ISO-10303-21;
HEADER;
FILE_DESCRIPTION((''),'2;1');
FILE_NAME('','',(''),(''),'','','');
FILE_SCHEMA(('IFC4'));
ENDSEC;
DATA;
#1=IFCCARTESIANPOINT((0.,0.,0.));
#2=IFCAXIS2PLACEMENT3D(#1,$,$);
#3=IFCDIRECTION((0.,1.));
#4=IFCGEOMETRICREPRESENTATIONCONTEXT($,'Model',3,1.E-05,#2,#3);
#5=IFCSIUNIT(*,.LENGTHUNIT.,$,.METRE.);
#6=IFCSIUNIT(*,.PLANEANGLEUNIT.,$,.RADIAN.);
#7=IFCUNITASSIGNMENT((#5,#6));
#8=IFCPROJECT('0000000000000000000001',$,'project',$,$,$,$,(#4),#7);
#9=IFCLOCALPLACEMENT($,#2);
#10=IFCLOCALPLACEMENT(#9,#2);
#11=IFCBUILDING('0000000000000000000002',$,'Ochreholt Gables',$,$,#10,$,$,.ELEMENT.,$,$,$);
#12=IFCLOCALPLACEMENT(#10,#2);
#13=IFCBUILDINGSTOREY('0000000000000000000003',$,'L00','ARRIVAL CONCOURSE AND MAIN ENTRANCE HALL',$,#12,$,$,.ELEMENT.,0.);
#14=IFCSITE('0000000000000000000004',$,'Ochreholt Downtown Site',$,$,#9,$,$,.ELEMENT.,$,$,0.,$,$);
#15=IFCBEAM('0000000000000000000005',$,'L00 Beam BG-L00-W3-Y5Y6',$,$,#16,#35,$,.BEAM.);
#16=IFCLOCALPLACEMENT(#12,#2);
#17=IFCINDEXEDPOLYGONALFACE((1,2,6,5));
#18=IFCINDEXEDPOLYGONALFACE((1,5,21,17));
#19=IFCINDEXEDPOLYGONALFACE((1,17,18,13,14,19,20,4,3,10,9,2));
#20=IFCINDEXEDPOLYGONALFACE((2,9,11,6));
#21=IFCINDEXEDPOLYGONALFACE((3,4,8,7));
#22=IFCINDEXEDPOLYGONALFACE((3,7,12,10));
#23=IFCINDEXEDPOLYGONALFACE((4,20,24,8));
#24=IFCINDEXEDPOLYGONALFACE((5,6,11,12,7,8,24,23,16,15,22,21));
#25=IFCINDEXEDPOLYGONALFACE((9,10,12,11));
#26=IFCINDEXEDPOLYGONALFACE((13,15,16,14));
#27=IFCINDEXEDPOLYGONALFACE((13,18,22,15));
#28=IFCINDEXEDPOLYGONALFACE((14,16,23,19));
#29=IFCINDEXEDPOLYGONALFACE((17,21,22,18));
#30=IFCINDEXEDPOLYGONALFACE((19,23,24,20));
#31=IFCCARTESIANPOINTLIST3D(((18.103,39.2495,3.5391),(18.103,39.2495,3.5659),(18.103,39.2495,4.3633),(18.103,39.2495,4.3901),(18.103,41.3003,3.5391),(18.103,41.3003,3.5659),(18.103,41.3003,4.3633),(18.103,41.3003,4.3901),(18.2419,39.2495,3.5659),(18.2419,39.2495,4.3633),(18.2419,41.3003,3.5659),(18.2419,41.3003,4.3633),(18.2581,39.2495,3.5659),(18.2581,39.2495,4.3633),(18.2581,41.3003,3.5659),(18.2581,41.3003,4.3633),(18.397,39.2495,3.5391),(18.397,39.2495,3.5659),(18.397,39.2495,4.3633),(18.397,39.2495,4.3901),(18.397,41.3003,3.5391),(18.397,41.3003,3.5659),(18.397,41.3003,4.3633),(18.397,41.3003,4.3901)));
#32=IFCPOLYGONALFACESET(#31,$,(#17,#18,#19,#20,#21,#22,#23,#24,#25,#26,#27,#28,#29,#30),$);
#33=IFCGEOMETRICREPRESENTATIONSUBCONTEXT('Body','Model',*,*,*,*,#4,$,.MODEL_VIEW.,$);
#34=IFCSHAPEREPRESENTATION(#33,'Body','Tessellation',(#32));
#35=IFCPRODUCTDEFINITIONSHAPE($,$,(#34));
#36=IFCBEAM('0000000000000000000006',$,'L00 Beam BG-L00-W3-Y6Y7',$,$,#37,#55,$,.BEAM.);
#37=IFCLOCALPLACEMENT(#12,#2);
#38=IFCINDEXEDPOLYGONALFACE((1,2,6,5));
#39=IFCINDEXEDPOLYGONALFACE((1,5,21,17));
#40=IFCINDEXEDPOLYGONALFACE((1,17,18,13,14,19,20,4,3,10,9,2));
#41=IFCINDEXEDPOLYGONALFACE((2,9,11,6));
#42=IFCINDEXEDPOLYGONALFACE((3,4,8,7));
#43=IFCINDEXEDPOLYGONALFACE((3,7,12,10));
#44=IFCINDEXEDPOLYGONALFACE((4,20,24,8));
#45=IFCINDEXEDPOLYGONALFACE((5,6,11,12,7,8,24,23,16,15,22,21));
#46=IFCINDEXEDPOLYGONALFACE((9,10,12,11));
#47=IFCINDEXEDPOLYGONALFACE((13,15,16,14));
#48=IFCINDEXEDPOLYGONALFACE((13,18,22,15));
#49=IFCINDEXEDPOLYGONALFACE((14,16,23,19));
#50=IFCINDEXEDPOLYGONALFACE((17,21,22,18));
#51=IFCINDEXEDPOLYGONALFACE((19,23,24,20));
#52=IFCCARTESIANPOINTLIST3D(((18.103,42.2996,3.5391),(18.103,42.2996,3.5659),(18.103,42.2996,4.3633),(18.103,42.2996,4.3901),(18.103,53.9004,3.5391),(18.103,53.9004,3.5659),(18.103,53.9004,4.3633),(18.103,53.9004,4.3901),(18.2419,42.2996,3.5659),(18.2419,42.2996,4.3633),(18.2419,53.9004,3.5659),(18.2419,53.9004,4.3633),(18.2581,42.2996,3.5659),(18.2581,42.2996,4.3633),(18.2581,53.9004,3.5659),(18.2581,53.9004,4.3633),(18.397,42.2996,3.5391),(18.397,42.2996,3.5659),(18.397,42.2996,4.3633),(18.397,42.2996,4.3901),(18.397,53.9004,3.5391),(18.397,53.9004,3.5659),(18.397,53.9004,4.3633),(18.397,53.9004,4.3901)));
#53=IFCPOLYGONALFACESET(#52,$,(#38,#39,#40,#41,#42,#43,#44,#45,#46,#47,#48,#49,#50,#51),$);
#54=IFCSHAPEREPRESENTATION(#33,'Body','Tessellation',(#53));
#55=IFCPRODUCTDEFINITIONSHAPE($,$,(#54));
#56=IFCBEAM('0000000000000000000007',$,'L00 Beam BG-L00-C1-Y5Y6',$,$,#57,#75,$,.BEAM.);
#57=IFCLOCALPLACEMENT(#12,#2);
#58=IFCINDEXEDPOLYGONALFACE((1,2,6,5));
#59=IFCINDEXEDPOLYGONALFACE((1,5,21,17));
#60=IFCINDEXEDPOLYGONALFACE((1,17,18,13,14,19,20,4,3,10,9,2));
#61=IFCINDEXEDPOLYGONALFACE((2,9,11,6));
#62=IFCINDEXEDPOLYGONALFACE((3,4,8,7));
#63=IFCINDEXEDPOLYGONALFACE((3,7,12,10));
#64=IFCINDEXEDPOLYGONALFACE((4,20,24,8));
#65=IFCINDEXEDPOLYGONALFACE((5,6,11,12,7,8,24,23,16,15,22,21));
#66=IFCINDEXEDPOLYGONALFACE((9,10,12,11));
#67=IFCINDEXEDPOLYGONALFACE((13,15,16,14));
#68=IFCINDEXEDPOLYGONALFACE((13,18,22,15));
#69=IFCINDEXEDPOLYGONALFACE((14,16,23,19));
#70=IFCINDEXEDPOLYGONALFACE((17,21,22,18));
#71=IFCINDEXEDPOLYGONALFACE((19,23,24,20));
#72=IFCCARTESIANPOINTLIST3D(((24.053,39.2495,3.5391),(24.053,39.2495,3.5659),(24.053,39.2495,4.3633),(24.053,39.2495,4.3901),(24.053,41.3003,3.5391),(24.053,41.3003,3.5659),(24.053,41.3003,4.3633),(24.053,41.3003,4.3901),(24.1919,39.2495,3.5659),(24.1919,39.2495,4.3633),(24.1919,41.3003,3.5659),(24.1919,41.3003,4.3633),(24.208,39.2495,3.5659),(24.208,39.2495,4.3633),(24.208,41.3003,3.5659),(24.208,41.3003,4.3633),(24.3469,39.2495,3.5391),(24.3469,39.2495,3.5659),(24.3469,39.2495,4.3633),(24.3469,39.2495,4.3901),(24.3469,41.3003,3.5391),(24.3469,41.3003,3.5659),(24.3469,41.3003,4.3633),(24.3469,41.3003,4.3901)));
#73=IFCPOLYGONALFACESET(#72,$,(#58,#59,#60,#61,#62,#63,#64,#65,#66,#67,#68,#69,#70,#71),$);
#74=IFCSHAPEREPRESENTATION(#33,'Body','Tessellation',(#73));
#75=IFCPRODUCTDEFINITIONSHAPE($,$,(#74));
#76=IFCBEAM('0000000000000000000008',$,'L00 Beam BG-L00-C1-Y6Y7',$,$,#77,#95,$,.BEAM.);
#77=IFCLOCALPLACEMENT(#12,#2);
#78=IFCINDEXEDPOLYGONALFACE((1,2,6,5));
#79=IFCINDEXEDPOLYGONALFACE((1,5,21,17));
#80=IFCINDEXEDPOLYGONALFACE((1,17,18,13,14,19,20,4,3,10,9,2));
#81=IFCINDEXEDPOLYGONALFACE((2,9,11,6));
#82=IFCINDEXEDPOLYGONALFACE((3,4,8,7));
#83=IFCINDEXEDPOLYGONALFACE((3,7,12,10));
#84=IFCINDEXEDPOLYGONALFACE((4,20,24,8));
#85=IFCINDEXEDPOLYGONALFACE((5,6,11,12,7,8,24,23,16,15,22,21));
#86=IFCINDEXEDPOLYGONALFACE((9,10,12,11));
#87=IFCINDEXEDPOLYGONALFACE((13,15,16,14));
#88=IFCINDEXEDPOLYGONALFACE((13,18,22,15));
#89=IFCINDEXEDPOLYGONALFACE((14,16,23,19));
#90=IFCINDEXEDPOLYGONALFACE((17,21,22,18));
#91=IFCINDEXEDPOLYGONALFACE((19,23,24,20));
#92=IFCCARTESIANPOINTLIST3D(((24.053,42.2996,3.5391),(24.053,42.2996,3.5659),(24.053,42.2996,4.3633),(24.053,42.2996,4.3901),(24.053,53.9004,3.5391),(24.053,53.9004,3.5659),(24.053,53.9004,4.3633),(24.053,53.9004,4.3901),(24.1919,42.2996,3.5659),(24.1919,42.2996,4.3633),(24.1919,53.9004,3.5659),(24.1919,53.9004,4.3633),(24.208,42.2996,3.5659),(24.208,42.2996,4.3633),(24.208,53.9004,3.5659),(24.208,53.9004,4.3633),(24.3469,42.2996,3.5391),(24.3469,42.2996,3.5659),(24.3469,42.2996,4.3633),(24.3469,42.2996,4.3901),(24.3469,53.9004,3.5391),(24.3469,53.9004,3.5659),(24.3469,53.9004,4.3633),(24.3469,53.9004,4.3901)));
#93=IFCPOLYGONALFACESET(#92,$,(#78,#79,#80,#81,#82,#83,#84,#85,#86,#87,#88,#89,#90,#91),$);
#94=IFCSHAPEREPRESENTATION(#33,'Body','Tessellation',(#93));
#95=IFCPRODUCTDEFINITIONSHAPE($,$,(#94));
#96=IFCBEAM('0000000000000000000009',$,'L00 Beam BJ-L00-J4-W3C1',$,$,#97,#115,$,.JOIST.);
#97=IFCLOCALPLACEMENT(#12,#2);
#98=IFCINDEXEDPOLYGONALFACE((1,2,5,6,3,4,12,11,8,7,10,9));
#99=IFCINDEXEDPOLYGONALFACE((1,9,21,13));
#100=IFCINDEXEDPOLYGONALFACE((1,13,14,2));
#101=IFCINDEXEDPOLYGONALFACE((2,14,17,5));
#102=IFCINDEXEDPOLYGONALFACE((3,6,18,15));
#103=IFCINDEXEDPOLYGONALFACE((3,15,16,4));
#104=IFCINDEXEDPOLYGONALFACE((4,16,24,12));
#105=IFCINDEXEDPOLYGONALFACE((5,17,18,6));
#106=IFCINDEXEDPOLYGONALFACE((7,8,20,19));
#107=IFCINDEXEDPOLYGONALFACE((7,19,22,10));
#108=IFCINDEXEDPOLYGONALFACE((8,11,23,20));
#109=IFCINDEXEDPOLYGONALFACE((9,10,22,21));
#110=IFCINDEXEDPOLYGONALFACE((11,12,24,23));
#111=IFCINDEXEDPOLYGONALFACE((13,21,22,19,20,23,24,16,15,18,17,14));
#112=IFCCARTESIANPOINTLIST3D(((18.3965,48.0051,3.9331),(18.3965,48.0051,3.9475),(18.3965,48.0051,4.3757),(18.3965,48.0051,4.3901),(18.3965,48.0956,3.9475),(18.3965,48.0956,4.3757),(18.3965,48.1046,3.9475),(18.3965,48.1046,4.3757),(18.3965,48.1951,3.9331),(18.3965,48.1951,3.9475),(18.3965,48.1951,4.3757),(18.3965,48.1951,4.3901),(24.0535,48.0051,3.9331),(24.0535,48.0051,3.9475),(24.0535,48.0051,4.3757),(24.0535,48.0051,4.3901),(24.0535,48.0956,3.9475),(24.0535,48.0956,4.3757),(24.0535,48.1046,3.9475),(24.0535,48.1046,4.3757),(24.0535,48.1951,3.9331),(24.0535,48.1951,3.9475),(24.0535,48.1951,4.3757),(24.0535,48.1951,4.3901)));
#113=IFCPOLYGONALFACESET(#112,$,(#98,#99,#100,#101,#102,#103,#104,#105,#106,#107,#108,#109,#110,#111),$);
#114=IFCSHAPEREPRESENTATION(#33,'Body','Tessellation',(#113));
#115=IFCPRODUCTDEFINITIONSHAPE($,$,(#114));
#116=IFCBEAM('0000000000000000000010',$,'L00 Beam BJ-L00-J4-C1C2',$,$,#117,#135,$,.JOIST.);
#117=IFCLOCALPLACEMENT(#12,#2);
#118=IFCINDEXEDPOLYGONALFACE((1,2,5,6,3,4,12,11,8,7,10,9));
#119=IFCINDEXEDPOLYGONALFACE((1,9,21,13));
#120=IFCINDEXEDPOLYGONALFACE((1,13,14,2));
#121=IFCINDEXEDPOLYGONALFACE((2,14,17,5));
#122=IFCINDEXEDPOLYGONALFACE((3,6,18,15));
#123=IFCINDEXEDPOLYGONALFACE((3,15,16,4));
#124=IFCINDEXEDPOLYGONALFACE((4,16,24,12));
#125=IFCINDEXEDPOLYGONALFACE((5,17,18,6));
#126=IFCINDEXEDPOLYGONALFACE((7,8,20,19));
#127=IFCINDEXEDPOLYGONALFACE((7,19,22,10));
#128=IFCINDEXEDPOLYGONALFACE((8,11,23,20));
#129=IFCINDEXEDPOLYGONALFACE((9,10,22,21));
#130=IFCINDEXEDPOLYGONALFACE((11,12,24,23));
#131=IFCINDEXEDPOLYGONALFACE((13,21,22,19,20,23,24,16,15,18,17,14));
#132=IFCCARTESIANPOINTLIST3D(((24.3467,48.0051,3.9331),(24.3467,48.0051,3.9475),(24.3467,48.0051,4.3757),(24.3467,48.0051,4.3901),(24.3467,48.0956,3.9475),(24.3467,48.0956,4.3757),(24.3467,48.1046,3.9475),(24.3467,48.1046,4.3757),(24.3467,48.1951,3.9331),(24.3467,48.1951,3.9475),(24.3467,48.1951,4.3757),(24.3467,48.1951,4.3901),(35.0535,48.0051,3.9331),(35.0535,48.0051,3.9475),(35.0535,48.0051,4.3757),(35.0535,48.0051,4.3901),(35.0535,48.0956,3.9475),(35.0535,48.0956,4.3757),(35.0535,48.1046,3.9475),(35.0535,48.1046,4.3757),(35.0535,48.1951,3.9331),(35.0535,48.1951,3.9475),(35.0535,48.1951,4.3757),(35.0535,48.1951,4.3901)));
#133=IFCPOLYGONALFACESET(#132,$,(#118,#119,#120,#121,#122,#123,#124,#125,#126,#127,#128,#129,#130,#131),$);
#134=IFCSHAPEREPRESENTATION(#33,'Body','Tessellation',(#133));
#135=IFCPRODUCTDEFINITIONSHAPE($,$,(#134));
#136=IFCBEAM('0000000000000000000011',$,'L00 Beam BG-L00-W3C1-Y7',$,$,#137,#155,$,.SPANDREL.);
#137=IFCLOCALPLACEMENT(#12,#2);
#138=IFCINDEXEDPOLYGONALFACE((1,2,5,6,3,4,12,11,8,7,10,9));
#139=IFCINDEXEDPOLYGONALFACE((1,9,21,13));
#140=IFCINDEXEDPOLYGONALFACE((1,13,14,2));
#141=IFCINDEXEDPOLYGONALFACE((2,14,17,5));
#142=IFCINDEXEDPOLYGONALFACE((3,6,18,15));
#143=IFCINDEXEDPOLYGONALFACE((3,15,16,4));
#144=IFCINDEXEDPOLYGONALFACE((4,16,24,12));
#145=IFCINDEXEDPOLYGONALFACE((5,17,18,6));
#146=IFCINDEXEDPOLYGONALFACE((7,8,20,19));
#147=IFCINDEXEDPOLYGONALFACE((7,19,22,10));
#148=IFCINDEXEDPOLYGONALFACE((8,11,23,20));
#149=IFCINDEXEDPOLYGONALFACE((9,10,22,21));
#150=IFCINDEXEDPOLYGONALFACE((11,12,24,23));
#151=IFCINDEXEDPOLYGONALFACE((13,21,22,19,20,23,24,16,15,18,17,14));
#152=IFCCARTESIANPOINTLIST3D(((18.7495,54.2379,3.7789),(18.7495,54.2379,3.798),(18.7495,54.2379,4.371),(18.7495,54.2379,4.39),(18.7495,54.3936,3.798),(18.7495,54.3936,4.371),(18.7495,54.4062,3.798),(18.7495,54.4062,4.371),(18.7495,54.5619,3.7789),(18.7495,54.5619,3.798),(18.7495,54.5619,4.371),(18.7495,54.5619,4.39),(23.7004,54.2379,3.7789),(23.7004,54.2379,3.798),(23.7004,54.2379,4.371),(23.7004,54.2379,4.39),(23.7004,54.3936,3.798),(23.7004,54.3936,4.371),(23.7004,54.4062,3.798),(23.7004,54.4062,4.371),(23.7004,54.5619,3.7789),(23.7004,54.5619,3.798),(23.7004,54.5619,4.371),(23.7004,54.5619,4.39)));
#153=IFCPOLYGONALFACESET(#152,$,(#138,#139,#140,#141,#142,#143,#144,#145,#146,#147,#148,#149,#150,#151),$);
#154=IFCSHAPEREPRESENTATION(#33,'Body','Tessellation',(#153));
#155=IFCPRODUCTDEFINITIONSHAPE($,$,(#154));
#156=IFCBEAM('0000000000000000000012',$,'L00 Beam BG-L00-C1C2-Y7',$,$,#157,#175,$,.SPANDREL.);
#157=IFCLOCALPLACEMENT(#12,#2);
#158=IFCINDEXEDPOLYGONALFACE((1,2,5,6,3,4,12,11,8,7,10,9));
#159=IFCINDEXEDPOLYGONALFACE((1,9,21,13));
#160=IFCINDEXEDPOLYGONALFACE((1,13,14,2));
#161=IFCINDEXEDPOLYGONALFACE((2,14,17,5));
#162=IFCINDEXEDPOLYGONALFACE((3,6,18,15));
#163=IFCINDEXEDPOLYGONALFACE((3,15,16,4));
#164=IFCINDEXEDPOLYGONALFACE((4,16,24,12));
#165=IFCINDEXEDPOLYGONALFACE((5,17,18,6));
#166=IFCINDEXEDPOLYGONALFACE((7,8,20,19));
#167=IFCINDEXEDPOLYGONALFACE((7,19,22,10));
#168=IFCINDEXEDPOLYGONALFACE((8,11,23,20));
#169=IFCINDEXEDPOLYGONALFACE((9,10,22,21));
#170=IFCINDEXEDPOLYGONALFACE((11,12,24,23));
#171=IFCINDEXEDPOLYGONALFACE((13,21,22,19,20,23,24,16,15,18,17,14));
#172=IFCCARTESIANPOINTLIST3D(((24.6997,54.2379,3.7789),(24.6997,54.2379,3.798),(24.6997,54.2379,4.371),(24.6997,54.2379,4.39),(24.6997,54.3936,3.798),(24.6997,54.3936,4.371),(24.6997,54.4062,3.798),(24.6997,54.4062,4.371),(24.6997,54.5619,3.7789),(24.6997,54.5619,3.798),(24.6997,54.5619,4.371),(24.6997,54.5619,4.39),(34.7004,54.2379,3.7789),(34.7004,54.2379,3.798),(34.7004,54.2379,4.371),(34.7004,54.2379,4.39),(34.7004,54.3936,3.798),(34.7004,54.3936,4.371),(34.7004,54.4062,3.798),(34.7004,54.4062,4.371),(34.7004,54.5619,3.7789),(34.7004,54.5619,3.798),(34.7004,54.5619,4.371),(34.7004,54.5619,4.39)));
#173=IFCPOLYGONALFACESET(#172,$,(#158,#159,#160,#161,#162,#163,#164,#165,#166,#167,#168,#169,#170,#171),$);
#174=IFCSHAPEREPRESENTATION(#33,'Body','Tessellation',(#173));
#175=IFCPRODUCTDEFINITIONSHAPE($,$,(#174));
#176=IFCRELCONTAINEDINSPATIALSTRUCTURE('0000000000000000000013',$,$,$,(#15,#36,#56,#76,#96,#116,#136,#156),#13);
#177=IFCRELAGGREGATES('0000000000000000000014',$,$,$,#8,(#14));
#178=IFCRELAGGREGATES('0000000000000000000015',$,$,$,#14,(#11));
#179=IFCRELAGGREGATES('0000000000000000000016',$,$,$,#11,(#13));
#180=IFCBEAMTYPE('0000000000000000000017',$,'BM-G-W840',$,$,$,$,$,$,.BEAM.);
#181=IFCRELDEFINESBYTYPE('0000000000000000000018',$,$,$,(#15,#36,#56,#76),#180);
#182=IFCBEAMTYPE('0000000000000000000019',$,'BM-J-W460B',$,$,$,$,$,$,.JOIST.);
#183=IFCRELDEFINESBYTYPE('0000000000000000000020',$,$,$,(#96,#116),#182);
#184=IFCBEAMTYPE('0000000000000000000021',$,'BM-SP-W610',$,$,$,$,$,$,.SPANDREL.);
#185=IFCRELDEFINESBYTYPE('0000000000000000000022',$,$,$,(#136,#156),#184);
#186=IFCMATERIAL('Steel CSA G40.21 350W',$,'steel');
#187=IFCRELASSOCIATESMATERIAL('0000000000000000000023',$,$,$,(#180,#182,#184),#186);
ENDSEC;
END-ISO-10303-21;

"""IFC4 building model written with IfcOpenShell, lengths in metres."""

from ifc_helpers import new_model, si_unit, direction, frame, origin, origin_2d, place, context, subcontext, project, spatial, i_section, extrude, material, material_profile, profile_set, type_object, element, save


model = new_model("IFC4")

# Units and contexts
model_context = context("Model", 3, precision=1e-05, world=origin(), true_north=direction((0.0, 1.0)))
body_context = subcontext(model_context, "Body", "Model", "MODEL_VIEW")
ifc_project = project(units=[si_unit("LENGTHUNIT", "METRE"), si_unit("PLANEANGLEUNIT", "RADIAN")], contexts=[model_context])

# Site, building, storey
site_placement = place(None, origin())
site = spatial("IfcSite", under=ifc_project, at=site_placement, Name="Ochreholt Downtown Site", CompositionType="ELEMENT", RefElevation=0.0)
building_placement = place(site_placement, origin())
building = spatial("IfcBuilding", under=site, at=building_placement, Name="Ochreholt Gables", CompositionType="ELEMENT")
storey_placement = place(building_placement, origin())
storey = spatial("IfcBuildingStorey", under=building, at=storey_placement, Name="L00", Description="ARRIVAL CONCOURSE AND MAIN ENTRANCE HALL", CompositionType="ELEMENT", Elevation=0.0)

# Beams
ifc_material_1 = material(Name="Steel CSA G40.21 350W", Category="steel")
ifc_material_profile_1 = material_profile(ifc_material_1, i_section(OverallWidth=0.2939, OverallDepth=0.8511, WebThickness=0.0161, FlangeThickness=0.0269, at=origin_2d()), Name="W840X226")
ifc_profile_set_1 = profile_set([ifc_material_profile_1], Name="Steel CSA G40.21 350W")
beam_type_1 = type_object("IfcBeamType", Name="BM-G-W840", PredefinedType="BEAM", material=ifc_profile_set_1)
beam_1_placement = place(storey_placement, frame((18.25, 39.2495, 3.9646), z_axis=(0.0, 1.0, 0.0), x_axis=(-1.0, 0.0, 0.0)))
element("IfcBeam", 1, at=beam_1_placement, inside=storey, type_object=beam_type_1, Name="L00 Beam BG-L00-W3-Y5Y6", PredefinedType="BEAM", context=body_context, shape_type="SweptSolid", body=[
    extrude(i_section(OverallWidth=0.2939, OverallDepth=0.8511, WebThickness=0.0161, FlangeThickness=0.0269, at=origin_2d()), origin(), (0.0, 0.0, 1.0), 2.0508),
])
beam_2_placement = place(storey_placement, frame((18.25, 42.2996, 3.9646), z_axis=(0.0, 1.0, 0.0), x_axis=(-1.0, 0.0, 0.0)))
element("IfcBeam", 2, at=beam_2_placement, inside=storey, type_object=beam_type_1, Name="L00 Beam BG-L00-W3-Y6Y7", PredefinedType="BEAM", context=body_context, shape_type="SweptSolid", body=[
    extrude(i_section(OverallWidth=0.2939, OverallDepth=0.8511, WebThickness=0.0161, FlangeThickness=0.0269, at=origin_2d()), origin(), (0.0, 0.0, 1.0), 11.6008),
])
beam_3_placement = place(storey_placement, frame((24.2, 39.2495, 3.9646), z_axis=(0.0, 1.0, 0.0), x_axis=(-1.0, 0.0, 0.0)))
element("IfcBeam", 3, at=beam_3_placement, inside=storey, type_object=beam_type_1, Name="L00 Beam BG-L00-C1-Y5Y6", PredefinedType="BEAM", context=body_context, shape_type="SweptSolid", body=[
    extrude(i_section(OverallWidth=0.2939, OverallDepth=0.8511, WebThickness=0.0161, FlangeThickness=0.0269, at=origin_2d()), origin(), (0.0, 0.0, 1.0), 2.0508),
])
beam_4_placement = place(storey_placement, frame((24.2, 42.2996, 3.9646), z_axis=(0.0, 1.0, 0.0), x_axis=(-1.0, 0.0, 0.0)))
element("IfcBeam", 4, at=beam_4_placement, inside=storey, type_object=beam_type_1, Name="L00 Beam BG-L00-C1-Y6Y7", PredefinedType="BEAM", context=body_context, shape_type="SweptSolid", body=[
    extrude(i_section(OverallWidth=0.2939, OverallDepth=0.8511, WebThickness=0.0161, FlangeThickness=0.0269, at=origin_2d()), origin(), (0.0, 0.0, 1.0), 11.6008),
])
ifc_material_profile_2 = material_profile(ifc_material_1, i_section(OverallWidth=0.1899, OverallDepth=0.457, WebThickness=0.009, FlangeThickness=0.0144, at=origin_2d()), Name="W460X74")
ifc_profile_set_2 = profile_set([ifc_material_profile_2], Name="Steel CSA G40.21 350W")
beam_type_2 = type_object("IfcBeamType", Name="BM-J-W460B", PredefinedType="JOIST", material=ifc_profile_set_2)
beam_5_placement = place(storey_placement, frame((18.3965, 48.1001, 4.1616), z_axis=(1.0, 0.0, 0.0), x_axis=(0.0, 1.0, 0.0)))
element("IfcBeam", 5, at=beam_5_placement, inside=storey, type_object=beam_type_2, Name="L00 Beam BJ-L00-J4-W3C1", PredefinedType="JOIST", context=body_context, shape_type="SweptSolid", body=[
    extrude(i_section(OverallWidth=0.1899, OverallDepth=0.457, WebThickness=0.009, FlangeThickness=0.0144, at=origin_2d()), origin(), (0.0, 0.0, 1.0), 5.657),
])
beam_6_placement = place(storey_placement, frame((24.3467, 48.1001, 4.1616), z_axis=(1.0, 0.0, 0.0), x_axis=(0.0, 1.0, 0.0)))
element("IfcBeam", 6, at=beam_6_placement, inside=storey, type_object=beam_type_2, Name="L00 Beam BJ-L00-J4-C1C2", PredefinedType="JOIST", context=body_context, shape_type="SweptSolid", body=[
    extrude(i_section(OverallWidth=0.1899, OverallDepth=0.457, WebThickness=0.009, FlangeThickness=0.0144, at=origin_2d()), origin(), (0.0, 0.0, 1.0), 10.7068),
])
ifc_material_profile_3 = material_profile(ifc_material_1, i_section(OverallWidth=0.324, OverallDepth=0.6111, WebThickness=0.0127, FlangeThickness=0.019, at=origin_2d()), Name="W610X155")
ifc_profile_set_3 = profile_set([ifc_material_profile_3], Name="Steel CSA G40.21 350W")
beam_type_3 = type_object("IfcBeamType", Name="BM-SP-W610", PredefinedType="SPANDREL", material=ifc_profile_set_3)
beam_7_placement = place(storey_placement, frame((18.7495, 54.3999, 4.0845), z_axis=(1.0, 0.0, 0.0), x_axis=(0.0, 1.0, 0.0)))
element("IfcBeam", 7, at=beam_7_placement, inside=storey, type_object=beam_type_3, Name="L00 Beam BG-L00-W3C1-Y7", PredefinedType="SPANDREL", context=body_context, shape_type="SweptSolid", body=[
    extrude(i_section(OverallWidth=0.324, OverallDepth=0.6111, WebThickness=0.0127, FlangeThickness=0.019, at=origin_2d()), origin(), (0.0, 0.0, 1.0), 4.9509),
])
beam_8_placement = place(storey_placement, frame((24.6997, 54.3999, 4.0845), z_axis=(1.0, 0.0, 0.0), x_axis=(0.0, 1.0, 0.0)))
element("IfcBeam", 8, at=beam_8_placement, inside=storey, type_object=beam_type_3, Name="L00 Beam BG-L00-C1C2-Y7", PredefinedType="SPANDREL", context=body_context, shape_type="SweptSolid", body=[
    extrude(i_section(OverallWidth=0.324, OverallDepth=0.6111, WebThickness=0.0127, FlangeThickness=0.019, at=origin_2d()), origin(), (0.0, 0.0, 1.0), 10.0007),
])

save(model, "model.ifc")
